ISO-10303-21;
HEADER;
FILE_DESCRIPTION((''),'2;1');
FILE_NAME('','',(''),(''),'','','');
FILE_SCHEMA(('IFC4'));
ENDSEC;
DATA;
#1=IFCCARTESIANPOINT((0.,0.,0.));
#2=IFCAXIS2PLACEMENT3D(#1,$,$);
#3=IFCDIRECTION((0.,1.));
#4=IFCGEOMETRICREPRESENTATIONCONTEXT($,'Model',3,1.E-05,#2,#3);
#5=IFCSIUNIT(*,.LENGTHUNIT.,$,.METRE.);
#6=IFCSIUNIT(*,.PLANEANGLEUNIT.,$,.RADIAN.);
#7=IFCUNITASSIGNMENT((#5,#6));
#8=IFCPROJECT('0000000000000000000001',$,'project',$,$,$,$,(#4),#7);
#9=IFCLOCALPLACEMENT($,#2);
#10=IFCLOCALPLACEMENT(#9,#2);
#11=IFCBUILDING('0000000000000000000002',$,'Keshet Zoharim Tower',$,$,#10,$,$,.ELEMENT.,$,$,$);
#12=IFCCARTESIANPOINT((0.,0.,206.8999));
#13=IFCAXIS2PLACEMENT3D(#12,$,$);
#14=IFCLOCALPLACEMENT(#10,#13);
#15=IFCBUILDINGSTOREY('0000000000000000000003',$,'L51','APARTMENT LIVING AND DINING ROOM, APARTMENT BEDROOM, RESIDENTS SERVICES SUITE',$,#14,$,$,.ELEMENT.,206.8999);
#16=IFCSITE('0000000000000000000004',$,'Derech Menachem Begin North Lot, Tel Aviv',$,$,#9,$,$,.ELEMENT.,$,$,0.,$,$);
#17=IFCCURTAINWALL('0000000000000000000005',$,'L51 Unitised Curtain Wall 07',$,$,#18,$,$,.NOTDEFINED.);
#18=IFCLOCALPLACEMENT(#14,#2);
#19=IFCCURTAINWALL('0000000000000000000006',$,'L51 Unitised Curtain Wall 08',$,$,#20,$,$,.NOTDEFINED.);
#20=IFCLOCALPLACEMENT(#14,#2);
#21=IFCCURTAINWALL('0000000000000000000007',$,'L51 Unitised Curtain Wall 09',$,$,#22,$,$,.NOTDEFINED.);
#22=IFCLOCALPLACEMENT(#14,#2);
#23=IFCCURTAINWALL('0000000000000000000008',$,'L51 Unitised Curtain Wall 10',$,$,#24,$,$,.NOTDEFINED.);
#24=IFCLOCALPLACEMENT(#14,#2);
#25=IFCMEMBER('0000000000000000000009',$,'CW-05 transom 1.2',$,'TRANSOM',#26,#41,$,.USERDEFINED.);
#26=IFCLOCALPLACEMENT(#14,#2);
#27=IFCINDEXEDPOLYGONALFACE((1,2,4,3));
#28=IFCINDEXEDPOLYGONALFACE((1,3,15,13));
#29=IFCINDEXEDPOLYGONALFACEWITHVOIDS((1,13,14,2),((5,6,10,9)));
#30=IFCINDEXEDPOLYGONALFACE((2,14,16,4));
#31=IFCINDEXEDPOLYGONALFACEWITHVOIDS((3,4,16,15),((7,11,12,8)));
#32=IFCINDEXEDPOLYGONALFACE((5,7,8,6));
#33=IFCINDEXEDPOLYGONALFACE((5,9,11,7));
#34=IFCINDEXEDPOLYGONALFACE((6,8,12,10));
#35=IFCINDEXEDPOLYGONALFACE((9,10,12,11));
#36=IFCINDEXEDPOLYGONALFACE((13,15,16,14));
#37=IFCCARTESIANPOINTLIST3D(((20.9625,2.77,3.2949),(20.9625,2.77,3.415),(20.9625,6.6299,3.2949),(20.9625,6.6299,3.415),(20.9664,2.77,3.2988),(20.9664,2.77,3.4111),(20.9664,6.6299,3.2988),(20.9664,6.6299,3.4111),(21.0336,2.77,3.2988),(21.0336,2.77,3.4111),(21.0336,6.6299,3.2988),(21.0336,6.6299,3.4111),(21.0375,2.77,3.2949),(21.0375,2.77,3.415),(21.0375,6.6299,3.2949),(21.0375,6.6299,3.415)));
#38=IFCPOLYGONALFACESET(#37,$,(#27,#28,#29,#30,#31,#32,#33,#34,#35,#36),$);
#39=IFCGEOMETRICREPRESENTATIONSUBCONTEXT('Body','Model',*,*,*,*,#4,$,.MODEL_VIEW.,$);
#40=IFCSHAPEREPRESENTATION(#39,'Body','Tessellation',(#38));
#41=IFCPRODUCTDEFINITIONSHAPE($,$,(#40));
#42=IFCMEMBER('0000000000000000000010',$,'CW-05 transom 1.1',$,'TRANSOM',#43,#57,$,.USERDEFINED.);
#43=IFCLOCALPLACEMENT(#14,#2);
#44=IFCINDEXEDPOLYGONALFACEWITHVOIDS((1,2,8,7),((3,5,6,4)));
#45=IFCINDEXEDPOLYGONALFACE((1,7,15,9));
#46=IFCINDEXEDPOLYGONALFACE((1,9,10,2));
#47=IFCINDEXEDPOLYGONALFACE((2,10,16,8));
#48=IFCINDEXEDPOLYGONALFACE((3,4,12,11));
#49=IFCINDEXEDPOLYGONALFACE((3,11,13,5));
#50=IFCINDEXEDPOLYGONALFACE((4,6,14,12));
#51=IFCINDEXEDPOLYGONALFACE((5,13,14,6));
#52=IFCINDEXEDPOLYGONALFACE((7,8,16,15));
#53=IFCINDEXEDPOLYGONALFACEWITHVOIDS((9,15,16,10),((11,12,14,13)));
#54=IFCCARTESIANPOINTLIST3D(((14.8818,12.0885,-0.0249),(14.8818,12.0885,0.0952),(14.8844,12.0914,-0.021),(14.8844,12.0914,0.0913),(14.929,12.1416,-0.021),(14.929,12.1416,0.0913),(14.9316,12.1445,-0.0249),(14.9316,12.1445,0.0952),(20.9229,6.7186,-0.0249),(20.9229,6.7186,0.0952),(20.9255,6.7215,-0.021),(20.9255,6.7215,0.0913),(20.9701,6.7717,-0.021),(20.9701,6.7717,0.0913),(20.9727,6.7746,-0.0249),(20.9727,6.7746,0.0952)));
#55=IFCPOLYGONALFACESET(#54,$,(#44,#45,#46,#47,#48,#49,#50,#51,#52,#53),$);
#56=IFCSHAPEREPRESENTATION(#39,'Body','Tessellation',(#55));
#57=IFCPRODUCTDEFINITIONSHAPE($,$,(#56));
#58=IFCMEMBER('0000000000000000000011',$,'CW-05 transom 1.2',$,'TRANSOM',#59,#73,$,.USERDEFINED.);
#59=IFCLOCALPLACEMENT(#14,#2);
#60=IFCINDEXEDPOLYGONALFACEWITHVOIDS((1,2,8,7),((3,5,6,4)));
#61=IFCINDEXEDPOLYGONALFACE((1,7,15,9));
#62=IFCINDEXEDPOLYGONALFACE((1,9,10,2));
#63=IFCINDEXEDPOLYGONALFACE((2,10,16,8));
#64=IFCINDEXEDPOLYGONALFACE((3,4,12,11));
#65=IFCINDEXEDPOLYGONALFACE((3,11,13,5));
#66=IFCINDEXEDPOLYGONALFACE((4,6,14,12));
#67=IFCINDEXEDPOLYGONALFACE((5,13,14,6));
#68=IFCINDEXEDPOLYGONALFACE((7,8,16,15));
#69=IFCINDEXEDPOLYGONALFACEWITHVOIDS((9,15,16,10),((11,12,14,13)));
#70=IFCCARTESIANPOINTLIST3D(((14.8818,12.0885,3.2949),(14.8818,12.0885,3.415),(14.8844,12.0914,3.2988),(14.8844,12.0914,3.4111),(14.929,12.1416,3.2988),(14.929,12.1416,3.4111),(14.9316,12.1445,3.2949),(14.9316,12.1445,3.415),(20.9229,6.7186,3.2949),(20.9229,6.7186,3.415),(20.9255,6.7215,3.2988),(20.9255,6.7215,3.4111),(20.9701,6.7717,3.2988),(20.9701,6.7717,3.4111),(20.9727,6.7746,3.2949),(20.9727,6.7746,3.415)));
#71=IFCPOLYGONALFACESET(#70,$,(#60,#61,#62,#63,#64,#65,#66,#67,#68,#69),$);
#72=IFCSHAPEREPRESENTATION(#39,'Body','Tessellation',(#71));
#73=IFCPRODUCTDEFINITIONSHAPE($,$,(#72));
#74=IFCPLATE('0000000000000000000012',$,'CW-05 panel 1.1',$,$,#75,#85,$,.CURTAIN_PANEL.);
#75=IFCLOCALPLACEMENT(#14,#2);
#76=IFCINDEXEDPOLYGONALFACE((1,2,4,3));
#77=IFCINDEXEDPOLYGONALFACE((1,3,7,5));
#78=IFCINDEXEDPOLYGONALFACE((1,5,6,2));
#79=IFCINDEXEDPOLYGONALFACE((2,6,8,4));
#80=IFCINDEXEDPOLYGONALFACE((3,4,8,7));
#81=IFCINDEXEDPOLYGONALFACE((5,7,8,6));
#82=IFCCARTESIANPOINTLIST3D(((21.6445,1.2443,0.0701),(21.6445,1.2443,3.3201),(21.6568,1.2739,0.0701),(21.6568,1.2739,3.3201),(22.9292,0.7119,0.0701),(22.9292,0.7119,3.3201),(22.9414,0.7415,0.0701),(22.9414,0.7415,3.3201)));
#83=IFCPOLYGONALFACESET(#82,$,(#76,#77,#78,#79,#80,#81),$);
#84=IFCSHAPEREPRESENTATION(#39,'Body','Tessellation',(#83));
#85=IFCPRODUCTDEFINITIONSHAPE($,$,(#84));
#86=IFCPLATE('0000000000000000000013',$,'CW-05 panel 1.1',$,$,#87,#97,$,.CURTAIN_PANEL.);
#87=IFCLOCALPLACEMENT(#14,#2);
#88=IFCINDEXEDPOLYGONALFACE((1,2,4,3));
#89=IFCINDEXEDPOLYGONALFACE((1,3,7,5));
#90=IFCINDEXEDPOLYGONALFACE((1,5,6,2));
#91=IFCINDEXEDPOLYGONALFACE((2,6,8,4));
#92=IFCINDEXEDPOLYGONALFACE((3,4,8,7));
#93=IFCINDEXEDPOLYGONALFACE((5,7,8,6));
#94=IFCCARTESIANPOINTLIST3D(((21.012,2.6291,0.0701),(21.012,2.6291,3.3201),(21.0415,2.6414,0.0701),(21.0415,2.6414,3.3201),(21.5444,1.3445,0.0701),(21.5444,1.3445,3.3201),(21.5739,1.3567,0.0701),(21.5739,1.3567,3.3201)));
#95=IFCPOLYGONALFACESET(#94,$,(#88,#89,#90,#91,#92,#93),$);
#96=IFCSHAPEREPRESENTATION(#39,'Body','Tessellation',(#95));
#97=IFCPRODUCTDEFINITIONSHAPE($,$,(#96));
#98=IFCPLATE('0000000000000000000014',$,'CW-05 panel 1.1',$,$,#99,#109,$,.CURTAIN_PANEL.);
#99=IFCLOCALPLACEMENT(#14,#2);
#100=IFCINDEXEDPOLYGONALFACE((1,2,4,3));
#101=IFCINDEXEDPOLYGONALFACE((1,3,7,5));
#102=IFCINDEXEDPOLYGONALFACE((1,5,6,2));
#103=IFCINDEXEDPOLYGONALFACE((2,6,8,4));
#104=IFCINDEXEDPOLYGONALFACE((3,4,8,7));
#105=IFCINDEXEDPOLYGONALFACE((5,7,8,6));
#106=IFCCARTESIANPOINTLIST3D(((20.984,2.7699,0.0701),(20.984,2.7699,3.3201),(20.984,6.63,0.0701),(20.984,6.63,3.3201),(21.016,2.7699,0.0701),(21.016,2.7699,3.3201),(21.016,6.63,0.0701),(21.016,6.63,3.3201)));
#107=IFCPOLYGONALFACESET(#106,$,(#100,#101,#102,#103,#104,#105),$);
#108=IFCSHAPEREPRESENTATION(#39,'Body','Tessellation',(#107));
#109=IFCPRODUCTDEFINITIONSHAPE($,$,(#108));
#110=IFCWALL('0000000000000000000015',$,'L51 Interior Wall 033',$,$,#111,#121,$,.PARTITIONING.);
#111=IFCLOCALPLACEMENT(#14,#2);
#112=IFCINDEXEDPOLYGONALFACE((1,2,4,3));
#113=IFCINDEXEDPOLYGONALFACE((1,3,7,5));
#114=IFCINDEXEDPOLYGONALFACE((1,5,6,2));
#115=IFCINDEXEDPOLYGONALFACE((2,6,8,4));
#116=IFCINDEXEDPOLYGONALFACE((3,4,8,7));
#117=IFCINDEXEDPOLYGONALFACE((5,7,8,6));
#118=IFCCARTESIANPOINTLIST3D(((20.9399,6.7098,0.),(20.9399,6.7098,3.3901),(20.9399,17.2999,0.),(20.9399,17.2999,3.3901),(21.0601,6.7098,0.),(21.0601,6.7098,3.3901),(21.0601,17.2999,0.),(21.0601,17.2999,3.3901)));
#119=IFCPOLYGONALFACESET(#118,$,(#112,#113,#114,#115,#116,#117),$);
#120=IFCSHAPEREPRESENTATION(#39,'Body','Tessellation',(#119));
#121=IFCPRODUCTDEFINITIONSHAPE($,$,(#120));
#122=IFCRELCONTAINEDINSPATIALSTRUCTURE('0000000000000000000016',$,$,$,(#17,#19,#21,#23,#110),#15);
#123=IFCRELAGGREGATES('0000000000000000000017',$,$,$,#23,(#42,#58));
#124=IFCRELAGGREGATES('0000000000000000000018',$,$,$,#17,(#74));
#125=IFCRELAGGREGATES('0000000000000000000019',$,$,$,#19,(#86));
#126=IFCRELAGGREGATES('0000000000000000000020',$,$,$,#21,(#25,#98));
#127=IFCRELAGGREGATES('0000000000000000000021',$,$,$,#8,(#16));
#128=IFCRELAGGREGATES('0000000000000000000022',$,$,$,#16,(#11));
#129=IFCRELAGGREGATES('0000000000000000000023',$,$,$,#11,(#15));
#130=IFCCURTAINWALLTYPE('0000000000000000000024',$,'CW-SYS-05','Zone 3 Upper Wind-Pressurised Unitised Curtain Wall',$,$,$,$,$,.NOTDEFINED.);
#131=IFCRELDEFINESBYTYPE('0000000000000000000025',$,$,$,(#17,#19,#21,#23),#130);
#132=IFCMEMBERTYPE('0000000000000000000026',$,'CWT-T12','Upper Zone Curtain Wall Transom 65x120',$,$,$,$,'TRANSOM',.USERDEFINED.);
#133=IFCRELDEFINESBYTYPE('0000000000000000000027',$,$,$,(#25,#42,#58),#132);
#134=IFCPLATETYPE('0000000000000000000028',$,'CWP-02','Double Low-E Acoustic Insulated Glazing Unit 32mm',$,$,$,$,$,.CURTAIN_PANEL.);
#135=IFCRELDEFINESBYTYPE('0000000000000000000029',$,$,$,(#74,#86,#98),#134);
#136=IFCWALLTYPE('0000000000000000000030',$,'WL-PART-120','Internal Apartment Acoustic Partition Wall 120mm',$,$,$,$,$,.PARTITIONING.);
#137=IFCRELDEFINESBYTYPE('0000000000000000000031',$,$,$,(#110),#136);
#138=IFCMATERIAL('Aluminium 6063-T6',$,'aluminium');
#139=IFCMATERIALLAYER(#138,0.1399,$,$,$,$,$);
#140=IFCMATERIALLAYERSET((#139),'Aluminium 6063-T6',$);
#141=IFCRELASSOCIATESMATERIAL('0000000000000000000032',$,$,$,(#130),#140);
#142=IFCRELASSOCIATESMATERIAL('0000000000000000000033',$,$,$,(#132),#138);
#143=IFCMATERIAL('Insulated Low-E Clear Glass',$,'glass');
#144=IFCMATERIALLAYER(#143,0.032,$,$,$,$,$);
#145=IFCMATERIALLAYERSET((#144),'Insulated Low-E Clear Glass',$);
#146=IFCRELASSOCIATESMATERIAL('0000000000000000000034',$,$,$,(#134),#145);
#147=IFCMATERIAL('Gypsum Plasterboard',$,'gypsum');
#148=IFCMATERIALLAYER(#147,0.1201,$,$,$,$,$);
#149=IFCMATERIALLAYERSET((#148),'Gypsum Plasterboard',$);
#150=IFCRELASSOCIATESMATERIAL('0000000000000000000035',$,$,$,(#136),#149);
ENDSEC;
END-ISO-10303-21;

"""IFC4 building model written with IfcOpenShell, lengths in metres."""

from ifc_helpers import new_model, si_unit, direction, frame, frame_2d, origin, origin_2d, place, context, subcontext, project, spatial, rectangle, hollow_rectangle, extrude, material, layer, layer_set, material_profile, profile_set, type_object, element, aggregate, save


model = new_model("IFC4")

# Units and contexts
model_context = context("Model", 3, precision=1e-05, world=origin(), true_north=direction((0.0, 1.0)))
body_context = subcontext(model_context, "Body", "Model", "MODEL_VIEW")
ifc_project = project(units=[si_unit("LENGTHUNIT", "METRE"), si_unit("PLANEANGLEUNIT", "RADIAN")], contexts=[model_context])

# Site, building, storey
site_placement = place(None, origin())
site = spatial("IfcSite", under=ifc_project, at=site_placement, Name="Derech Menachem Begin North Lot, Tel Aviv", CompositionType="ELEMENT", RefElevation=0.0)
building_placement = place(site_placement, origin())
building = spatial("IfcBuilding", under=site, at=building_placement, Name="Keshet Zoharim Tower", CompositionType="ELEMENT")
storey_placement = place(building_placement, frame((0.0, 0.0, 206.8999)))
storey = spatial("IfcBuildingStorey", under=building, at=storey_placement, Name="L51", Description="APARTMENT LIVING AND DINING ROOM, APARTMENT BEDROOM, RESIDENTS SERVICES SUITE", CompositionType="ELEMENT", Elevation=206.8999)

# Shared definitions
ifc_material_1 = material(Name="Aluminium 6063-T6", Category="aluminium")
ifc_layer_1 = layer(ifc_material_1, 0.1399)
ifc_layer_set_1 = layer_set([ifc_layer_1], Name="Aluminium 6063-T6")
curtain_wall_type = type_object("IfcCurtainWallType", Name="CW-SYS-05", Description="Zone 3 Upper Wind-Pressurised Unitised Curtain Wall", PredefinedType="NOTDEFINED", material=ifc_layer_set_1)

# Curtain walls
curtain_wall_1_placement = place(storey_placement, origin())
curtain_wall_1 = element("IfcCurtainWall", 1, at=curtain_wall_1_placement, inside=storey, type_object=curtain_wall_type, Name="L51 Unitised Curtain Wall 07", PredefinedType="NOTDEFINED")
curtain_wall_2_placement = place(storey_placement, origin())
curtain_wall_2 = element("IfcCurtainWall", 2, at=curtain_wall_2_placement, inside=storey, type_object=curtain_wall_type, Name="L51 Unitised Curtain Wall 08", PredefinedType="NOTDEFINED")
curtain_wall_3_placement = place(storey_placement, origin())
curtain_wall_3 = element("IfcCurtainWall", 3, at=curtain_wall_3_placement, inside=storey, type_object=curtain_wall_type, Name="L51 Unitised Curtain Wall 09", PredefinedType="NOTDEFINED")

# Curtain wall
curtain_wall_4_placement = place(storey_placement, origin())
curtain_wall_4 = element("IfcCurtainWall", 4, at=curtain_wall_4_placement, inside=storey, type_object=curtain_wall_type, Name="L51 Unitised Curtain Wall 10", PredefinedType="NOTDEFINED")

# Members
ifc_material_profile_1 = material_profile(ifc_material_1, hollow_rectangle(XDim=0.075, YDim=0.1201, WallThickness=0.0039, at=origin_2d()), Name="TRN-75x120")
ifc_profile_set_1 = profile_set([ifc_material_profile_1], Name="Aluminium 6063-T6")
member_type_1 = type_object("IfcMemberType", Name="CWT-T12", Description="Upper Zone Curtain Wall Transom 65x120", ElementType="TRANSOM", PredefinedType="USERDEFINED", material=ifc_profile_set_1)
member_1_placement = place(storey_placement, frame((21.0, 2.77, 3.355), z_axis=(0.0, 1.0, 0.0), x_axis=(-1.0, 0.0, 0.0)))
member_1 = element("IfcMember", 5, at=member_1_placement, type_object=member_type_1, Name="CW-05 transom 1.2", ObjectType="TRANSOM", PredefinedType="USERDEFINED", context=body_context, shape_type="SweptSolid", body=[
    extrude(hollow_rectangle(XDim=0.075, YDim=0.1201, WallThickness=0.0039, at=origin_2d()), origin(), (0.0, 0.0, 1.0), 3.8599),
])
member_2_placement = place(storey_placement, frame((20.9478, 6.7466, 0.0352), z_axis=(-0.747404, 0.664369, 0.0), x_axis=(-0.664369, -0.747404, 0.0)))
member_2 = element("IfcMember", 6, at=member_2_placement, type_object=member_type_1, Name="CW-05 transom 1.1", ObjectType="TRANSOM", PredefinedType="USERDEFINED", context=body_context, shape_type="SweptSolid", body=[
    extrude(hollow_rectangle(XDim=0.075, YDim=0.1201, WallThickness=0.0039, at=origin_2d()), origin(), (0.0, 0.0, 1.0), 8.0828),
])
member_3_placement = place(storey_placement, frame((20.9478, 6.7466, 3.355), z_axis=(-0.747404, 0.664369, 0.0), x_axis=(-0.664369, -0.747404, 0.0)))
member_3 = element("IfcMember", 7, at=member_3_placement, type_object=member_type_1, Name="CW-05 transom 1.2", ObjectType="TRANSOM", PredefinedType="USERDEFINED", context=body_context, shape_type="SweptSolid", body=[
    extrude(hollow_rectangle(XDim=0.075, YDim=0.1201, WallThickness=0.0039, at=origin_2d()), origin(), (0.0, 0.0, 1.0), 8.0828),
])
aggregate(curtain_wall_4, [member_2, member_3])

# Plates
ifc_material_2 = material(Name="Insulated Low-E Clear Glass", Category="glass")
ifc_layer_2 = layer(ifc_material_2, 0.032)
ifc_layer_set_2 = layer_set([ifc_layer_2], Name="Insulated Low-E Clear Glass")
plate_type = type_object("IfcPlateType", Name="CWP-02", Description="Double Low-E Acoustic Insulated Glazing Unit 32mm", PredefinedType="CURTAIN_PANEL", material=ifc_layer_set_2)
plate_1_placement = place(storey_placement, frame((22.293, 0.9929, 0.0701), z_axis=(0.0, 0.0, 1.0), x_axis=(-0.92381, 0.382852, 0.0)))
plate_1 = element("IfcPlate", 8, at=plate_1_placement, type_object=plate_type, Name="CW-05 panel 1.1", PredefinedType="CURTAIN_PANEL", context=body_context, shape_type="SweptSolid", body=[
    extrude(rectangle(XDim=1.3906, YDim=0.032, at=origin_2d()), origin(), (0.0, 0.0, 1.0), 3.25),
])
aggregate(curtain_wall_1, [plate_1])
plate_2_placement = place(storey_placement, frame((21.293, 1.9929, 0.0701), z_axis=(0.0, 0.0, 1.0), x_axis=(-0.382852, 0.92381, 0.0)))
plate_2 = element("IfcPlate", 9, at=plate_2_placement, type_object=plate_type, Name="CW-05 panel 1.1", PredefinedType="CURTAIN_PANEL", context=body_context, shape_type="SweptSolid", body=[
    extrude(rectangle(XDim=1.3906, YDim=0.032, at=origin_2d()), origin(), (0.0, 0.0, 1.0), 3.25),
])
aggregate(curtain_wall_2, [plate_2])
plate_3_placement = place(storey_placement, frame((21.0, 4.7, 0.0701), z_axis=(0.0, 0.0, 1.0), x_axis=(0.0, 1.0, 0.0)))
plate_3 = element("IfcPlate", 10, at=plate_3_placement, type_object=plate_type, Name="CW-05 panel 1.1", PredefinedType="CURTAIN_PANEL", context=body_context, shape_type="SweptSolid", body=[
    extrude(rectangle(XDim=3.8601, YDim=0.032, at=origin_2d()), origin(), (0.0, 0.0, 1.0), 3.25),
])
aggregate(curtain_wall_3, [member_1, plate_3])

# Wall
ifc_material_3 = material(Name="Gypsum Plasterboard", Category="gypsum")
ifc_layer_3 = layer(ifc_material_3, 0.1201)
ifc_layer_set_3 = layer_set([ifc_layer_3], Name="Gypsum Plasterboard")
wall_type = type_object("IfcWallType", Name="WL-PART-120", Description="Internal Apartment Acoustic Partition Wall 120mm", PredefinedType="PARTITIONING", material=ifc_layer_set_3)
wall_placement = place(storey_placement, frame((21.0, 6.71, 0.0), z_axis=(0.0, 0.0, 1.0), x_axis=(0.0, 1.0, 0.0)))
element("IfcWall", 11, at=wall_placement, inside=storey, type_object=wall_type, Name="L51 Interior Wall 033", PredefinedType="PARTITIONING", context=body_context, shape_type="SweptSolid", body=[
    extrude(rectangle(XDim=10.5901, YDim=0.1201, at=frame_2d((5.2949, 0.0))), origin(), (0.0, 0.0, 1.0), 3.3901),
])

save(model, "model.ifc")
